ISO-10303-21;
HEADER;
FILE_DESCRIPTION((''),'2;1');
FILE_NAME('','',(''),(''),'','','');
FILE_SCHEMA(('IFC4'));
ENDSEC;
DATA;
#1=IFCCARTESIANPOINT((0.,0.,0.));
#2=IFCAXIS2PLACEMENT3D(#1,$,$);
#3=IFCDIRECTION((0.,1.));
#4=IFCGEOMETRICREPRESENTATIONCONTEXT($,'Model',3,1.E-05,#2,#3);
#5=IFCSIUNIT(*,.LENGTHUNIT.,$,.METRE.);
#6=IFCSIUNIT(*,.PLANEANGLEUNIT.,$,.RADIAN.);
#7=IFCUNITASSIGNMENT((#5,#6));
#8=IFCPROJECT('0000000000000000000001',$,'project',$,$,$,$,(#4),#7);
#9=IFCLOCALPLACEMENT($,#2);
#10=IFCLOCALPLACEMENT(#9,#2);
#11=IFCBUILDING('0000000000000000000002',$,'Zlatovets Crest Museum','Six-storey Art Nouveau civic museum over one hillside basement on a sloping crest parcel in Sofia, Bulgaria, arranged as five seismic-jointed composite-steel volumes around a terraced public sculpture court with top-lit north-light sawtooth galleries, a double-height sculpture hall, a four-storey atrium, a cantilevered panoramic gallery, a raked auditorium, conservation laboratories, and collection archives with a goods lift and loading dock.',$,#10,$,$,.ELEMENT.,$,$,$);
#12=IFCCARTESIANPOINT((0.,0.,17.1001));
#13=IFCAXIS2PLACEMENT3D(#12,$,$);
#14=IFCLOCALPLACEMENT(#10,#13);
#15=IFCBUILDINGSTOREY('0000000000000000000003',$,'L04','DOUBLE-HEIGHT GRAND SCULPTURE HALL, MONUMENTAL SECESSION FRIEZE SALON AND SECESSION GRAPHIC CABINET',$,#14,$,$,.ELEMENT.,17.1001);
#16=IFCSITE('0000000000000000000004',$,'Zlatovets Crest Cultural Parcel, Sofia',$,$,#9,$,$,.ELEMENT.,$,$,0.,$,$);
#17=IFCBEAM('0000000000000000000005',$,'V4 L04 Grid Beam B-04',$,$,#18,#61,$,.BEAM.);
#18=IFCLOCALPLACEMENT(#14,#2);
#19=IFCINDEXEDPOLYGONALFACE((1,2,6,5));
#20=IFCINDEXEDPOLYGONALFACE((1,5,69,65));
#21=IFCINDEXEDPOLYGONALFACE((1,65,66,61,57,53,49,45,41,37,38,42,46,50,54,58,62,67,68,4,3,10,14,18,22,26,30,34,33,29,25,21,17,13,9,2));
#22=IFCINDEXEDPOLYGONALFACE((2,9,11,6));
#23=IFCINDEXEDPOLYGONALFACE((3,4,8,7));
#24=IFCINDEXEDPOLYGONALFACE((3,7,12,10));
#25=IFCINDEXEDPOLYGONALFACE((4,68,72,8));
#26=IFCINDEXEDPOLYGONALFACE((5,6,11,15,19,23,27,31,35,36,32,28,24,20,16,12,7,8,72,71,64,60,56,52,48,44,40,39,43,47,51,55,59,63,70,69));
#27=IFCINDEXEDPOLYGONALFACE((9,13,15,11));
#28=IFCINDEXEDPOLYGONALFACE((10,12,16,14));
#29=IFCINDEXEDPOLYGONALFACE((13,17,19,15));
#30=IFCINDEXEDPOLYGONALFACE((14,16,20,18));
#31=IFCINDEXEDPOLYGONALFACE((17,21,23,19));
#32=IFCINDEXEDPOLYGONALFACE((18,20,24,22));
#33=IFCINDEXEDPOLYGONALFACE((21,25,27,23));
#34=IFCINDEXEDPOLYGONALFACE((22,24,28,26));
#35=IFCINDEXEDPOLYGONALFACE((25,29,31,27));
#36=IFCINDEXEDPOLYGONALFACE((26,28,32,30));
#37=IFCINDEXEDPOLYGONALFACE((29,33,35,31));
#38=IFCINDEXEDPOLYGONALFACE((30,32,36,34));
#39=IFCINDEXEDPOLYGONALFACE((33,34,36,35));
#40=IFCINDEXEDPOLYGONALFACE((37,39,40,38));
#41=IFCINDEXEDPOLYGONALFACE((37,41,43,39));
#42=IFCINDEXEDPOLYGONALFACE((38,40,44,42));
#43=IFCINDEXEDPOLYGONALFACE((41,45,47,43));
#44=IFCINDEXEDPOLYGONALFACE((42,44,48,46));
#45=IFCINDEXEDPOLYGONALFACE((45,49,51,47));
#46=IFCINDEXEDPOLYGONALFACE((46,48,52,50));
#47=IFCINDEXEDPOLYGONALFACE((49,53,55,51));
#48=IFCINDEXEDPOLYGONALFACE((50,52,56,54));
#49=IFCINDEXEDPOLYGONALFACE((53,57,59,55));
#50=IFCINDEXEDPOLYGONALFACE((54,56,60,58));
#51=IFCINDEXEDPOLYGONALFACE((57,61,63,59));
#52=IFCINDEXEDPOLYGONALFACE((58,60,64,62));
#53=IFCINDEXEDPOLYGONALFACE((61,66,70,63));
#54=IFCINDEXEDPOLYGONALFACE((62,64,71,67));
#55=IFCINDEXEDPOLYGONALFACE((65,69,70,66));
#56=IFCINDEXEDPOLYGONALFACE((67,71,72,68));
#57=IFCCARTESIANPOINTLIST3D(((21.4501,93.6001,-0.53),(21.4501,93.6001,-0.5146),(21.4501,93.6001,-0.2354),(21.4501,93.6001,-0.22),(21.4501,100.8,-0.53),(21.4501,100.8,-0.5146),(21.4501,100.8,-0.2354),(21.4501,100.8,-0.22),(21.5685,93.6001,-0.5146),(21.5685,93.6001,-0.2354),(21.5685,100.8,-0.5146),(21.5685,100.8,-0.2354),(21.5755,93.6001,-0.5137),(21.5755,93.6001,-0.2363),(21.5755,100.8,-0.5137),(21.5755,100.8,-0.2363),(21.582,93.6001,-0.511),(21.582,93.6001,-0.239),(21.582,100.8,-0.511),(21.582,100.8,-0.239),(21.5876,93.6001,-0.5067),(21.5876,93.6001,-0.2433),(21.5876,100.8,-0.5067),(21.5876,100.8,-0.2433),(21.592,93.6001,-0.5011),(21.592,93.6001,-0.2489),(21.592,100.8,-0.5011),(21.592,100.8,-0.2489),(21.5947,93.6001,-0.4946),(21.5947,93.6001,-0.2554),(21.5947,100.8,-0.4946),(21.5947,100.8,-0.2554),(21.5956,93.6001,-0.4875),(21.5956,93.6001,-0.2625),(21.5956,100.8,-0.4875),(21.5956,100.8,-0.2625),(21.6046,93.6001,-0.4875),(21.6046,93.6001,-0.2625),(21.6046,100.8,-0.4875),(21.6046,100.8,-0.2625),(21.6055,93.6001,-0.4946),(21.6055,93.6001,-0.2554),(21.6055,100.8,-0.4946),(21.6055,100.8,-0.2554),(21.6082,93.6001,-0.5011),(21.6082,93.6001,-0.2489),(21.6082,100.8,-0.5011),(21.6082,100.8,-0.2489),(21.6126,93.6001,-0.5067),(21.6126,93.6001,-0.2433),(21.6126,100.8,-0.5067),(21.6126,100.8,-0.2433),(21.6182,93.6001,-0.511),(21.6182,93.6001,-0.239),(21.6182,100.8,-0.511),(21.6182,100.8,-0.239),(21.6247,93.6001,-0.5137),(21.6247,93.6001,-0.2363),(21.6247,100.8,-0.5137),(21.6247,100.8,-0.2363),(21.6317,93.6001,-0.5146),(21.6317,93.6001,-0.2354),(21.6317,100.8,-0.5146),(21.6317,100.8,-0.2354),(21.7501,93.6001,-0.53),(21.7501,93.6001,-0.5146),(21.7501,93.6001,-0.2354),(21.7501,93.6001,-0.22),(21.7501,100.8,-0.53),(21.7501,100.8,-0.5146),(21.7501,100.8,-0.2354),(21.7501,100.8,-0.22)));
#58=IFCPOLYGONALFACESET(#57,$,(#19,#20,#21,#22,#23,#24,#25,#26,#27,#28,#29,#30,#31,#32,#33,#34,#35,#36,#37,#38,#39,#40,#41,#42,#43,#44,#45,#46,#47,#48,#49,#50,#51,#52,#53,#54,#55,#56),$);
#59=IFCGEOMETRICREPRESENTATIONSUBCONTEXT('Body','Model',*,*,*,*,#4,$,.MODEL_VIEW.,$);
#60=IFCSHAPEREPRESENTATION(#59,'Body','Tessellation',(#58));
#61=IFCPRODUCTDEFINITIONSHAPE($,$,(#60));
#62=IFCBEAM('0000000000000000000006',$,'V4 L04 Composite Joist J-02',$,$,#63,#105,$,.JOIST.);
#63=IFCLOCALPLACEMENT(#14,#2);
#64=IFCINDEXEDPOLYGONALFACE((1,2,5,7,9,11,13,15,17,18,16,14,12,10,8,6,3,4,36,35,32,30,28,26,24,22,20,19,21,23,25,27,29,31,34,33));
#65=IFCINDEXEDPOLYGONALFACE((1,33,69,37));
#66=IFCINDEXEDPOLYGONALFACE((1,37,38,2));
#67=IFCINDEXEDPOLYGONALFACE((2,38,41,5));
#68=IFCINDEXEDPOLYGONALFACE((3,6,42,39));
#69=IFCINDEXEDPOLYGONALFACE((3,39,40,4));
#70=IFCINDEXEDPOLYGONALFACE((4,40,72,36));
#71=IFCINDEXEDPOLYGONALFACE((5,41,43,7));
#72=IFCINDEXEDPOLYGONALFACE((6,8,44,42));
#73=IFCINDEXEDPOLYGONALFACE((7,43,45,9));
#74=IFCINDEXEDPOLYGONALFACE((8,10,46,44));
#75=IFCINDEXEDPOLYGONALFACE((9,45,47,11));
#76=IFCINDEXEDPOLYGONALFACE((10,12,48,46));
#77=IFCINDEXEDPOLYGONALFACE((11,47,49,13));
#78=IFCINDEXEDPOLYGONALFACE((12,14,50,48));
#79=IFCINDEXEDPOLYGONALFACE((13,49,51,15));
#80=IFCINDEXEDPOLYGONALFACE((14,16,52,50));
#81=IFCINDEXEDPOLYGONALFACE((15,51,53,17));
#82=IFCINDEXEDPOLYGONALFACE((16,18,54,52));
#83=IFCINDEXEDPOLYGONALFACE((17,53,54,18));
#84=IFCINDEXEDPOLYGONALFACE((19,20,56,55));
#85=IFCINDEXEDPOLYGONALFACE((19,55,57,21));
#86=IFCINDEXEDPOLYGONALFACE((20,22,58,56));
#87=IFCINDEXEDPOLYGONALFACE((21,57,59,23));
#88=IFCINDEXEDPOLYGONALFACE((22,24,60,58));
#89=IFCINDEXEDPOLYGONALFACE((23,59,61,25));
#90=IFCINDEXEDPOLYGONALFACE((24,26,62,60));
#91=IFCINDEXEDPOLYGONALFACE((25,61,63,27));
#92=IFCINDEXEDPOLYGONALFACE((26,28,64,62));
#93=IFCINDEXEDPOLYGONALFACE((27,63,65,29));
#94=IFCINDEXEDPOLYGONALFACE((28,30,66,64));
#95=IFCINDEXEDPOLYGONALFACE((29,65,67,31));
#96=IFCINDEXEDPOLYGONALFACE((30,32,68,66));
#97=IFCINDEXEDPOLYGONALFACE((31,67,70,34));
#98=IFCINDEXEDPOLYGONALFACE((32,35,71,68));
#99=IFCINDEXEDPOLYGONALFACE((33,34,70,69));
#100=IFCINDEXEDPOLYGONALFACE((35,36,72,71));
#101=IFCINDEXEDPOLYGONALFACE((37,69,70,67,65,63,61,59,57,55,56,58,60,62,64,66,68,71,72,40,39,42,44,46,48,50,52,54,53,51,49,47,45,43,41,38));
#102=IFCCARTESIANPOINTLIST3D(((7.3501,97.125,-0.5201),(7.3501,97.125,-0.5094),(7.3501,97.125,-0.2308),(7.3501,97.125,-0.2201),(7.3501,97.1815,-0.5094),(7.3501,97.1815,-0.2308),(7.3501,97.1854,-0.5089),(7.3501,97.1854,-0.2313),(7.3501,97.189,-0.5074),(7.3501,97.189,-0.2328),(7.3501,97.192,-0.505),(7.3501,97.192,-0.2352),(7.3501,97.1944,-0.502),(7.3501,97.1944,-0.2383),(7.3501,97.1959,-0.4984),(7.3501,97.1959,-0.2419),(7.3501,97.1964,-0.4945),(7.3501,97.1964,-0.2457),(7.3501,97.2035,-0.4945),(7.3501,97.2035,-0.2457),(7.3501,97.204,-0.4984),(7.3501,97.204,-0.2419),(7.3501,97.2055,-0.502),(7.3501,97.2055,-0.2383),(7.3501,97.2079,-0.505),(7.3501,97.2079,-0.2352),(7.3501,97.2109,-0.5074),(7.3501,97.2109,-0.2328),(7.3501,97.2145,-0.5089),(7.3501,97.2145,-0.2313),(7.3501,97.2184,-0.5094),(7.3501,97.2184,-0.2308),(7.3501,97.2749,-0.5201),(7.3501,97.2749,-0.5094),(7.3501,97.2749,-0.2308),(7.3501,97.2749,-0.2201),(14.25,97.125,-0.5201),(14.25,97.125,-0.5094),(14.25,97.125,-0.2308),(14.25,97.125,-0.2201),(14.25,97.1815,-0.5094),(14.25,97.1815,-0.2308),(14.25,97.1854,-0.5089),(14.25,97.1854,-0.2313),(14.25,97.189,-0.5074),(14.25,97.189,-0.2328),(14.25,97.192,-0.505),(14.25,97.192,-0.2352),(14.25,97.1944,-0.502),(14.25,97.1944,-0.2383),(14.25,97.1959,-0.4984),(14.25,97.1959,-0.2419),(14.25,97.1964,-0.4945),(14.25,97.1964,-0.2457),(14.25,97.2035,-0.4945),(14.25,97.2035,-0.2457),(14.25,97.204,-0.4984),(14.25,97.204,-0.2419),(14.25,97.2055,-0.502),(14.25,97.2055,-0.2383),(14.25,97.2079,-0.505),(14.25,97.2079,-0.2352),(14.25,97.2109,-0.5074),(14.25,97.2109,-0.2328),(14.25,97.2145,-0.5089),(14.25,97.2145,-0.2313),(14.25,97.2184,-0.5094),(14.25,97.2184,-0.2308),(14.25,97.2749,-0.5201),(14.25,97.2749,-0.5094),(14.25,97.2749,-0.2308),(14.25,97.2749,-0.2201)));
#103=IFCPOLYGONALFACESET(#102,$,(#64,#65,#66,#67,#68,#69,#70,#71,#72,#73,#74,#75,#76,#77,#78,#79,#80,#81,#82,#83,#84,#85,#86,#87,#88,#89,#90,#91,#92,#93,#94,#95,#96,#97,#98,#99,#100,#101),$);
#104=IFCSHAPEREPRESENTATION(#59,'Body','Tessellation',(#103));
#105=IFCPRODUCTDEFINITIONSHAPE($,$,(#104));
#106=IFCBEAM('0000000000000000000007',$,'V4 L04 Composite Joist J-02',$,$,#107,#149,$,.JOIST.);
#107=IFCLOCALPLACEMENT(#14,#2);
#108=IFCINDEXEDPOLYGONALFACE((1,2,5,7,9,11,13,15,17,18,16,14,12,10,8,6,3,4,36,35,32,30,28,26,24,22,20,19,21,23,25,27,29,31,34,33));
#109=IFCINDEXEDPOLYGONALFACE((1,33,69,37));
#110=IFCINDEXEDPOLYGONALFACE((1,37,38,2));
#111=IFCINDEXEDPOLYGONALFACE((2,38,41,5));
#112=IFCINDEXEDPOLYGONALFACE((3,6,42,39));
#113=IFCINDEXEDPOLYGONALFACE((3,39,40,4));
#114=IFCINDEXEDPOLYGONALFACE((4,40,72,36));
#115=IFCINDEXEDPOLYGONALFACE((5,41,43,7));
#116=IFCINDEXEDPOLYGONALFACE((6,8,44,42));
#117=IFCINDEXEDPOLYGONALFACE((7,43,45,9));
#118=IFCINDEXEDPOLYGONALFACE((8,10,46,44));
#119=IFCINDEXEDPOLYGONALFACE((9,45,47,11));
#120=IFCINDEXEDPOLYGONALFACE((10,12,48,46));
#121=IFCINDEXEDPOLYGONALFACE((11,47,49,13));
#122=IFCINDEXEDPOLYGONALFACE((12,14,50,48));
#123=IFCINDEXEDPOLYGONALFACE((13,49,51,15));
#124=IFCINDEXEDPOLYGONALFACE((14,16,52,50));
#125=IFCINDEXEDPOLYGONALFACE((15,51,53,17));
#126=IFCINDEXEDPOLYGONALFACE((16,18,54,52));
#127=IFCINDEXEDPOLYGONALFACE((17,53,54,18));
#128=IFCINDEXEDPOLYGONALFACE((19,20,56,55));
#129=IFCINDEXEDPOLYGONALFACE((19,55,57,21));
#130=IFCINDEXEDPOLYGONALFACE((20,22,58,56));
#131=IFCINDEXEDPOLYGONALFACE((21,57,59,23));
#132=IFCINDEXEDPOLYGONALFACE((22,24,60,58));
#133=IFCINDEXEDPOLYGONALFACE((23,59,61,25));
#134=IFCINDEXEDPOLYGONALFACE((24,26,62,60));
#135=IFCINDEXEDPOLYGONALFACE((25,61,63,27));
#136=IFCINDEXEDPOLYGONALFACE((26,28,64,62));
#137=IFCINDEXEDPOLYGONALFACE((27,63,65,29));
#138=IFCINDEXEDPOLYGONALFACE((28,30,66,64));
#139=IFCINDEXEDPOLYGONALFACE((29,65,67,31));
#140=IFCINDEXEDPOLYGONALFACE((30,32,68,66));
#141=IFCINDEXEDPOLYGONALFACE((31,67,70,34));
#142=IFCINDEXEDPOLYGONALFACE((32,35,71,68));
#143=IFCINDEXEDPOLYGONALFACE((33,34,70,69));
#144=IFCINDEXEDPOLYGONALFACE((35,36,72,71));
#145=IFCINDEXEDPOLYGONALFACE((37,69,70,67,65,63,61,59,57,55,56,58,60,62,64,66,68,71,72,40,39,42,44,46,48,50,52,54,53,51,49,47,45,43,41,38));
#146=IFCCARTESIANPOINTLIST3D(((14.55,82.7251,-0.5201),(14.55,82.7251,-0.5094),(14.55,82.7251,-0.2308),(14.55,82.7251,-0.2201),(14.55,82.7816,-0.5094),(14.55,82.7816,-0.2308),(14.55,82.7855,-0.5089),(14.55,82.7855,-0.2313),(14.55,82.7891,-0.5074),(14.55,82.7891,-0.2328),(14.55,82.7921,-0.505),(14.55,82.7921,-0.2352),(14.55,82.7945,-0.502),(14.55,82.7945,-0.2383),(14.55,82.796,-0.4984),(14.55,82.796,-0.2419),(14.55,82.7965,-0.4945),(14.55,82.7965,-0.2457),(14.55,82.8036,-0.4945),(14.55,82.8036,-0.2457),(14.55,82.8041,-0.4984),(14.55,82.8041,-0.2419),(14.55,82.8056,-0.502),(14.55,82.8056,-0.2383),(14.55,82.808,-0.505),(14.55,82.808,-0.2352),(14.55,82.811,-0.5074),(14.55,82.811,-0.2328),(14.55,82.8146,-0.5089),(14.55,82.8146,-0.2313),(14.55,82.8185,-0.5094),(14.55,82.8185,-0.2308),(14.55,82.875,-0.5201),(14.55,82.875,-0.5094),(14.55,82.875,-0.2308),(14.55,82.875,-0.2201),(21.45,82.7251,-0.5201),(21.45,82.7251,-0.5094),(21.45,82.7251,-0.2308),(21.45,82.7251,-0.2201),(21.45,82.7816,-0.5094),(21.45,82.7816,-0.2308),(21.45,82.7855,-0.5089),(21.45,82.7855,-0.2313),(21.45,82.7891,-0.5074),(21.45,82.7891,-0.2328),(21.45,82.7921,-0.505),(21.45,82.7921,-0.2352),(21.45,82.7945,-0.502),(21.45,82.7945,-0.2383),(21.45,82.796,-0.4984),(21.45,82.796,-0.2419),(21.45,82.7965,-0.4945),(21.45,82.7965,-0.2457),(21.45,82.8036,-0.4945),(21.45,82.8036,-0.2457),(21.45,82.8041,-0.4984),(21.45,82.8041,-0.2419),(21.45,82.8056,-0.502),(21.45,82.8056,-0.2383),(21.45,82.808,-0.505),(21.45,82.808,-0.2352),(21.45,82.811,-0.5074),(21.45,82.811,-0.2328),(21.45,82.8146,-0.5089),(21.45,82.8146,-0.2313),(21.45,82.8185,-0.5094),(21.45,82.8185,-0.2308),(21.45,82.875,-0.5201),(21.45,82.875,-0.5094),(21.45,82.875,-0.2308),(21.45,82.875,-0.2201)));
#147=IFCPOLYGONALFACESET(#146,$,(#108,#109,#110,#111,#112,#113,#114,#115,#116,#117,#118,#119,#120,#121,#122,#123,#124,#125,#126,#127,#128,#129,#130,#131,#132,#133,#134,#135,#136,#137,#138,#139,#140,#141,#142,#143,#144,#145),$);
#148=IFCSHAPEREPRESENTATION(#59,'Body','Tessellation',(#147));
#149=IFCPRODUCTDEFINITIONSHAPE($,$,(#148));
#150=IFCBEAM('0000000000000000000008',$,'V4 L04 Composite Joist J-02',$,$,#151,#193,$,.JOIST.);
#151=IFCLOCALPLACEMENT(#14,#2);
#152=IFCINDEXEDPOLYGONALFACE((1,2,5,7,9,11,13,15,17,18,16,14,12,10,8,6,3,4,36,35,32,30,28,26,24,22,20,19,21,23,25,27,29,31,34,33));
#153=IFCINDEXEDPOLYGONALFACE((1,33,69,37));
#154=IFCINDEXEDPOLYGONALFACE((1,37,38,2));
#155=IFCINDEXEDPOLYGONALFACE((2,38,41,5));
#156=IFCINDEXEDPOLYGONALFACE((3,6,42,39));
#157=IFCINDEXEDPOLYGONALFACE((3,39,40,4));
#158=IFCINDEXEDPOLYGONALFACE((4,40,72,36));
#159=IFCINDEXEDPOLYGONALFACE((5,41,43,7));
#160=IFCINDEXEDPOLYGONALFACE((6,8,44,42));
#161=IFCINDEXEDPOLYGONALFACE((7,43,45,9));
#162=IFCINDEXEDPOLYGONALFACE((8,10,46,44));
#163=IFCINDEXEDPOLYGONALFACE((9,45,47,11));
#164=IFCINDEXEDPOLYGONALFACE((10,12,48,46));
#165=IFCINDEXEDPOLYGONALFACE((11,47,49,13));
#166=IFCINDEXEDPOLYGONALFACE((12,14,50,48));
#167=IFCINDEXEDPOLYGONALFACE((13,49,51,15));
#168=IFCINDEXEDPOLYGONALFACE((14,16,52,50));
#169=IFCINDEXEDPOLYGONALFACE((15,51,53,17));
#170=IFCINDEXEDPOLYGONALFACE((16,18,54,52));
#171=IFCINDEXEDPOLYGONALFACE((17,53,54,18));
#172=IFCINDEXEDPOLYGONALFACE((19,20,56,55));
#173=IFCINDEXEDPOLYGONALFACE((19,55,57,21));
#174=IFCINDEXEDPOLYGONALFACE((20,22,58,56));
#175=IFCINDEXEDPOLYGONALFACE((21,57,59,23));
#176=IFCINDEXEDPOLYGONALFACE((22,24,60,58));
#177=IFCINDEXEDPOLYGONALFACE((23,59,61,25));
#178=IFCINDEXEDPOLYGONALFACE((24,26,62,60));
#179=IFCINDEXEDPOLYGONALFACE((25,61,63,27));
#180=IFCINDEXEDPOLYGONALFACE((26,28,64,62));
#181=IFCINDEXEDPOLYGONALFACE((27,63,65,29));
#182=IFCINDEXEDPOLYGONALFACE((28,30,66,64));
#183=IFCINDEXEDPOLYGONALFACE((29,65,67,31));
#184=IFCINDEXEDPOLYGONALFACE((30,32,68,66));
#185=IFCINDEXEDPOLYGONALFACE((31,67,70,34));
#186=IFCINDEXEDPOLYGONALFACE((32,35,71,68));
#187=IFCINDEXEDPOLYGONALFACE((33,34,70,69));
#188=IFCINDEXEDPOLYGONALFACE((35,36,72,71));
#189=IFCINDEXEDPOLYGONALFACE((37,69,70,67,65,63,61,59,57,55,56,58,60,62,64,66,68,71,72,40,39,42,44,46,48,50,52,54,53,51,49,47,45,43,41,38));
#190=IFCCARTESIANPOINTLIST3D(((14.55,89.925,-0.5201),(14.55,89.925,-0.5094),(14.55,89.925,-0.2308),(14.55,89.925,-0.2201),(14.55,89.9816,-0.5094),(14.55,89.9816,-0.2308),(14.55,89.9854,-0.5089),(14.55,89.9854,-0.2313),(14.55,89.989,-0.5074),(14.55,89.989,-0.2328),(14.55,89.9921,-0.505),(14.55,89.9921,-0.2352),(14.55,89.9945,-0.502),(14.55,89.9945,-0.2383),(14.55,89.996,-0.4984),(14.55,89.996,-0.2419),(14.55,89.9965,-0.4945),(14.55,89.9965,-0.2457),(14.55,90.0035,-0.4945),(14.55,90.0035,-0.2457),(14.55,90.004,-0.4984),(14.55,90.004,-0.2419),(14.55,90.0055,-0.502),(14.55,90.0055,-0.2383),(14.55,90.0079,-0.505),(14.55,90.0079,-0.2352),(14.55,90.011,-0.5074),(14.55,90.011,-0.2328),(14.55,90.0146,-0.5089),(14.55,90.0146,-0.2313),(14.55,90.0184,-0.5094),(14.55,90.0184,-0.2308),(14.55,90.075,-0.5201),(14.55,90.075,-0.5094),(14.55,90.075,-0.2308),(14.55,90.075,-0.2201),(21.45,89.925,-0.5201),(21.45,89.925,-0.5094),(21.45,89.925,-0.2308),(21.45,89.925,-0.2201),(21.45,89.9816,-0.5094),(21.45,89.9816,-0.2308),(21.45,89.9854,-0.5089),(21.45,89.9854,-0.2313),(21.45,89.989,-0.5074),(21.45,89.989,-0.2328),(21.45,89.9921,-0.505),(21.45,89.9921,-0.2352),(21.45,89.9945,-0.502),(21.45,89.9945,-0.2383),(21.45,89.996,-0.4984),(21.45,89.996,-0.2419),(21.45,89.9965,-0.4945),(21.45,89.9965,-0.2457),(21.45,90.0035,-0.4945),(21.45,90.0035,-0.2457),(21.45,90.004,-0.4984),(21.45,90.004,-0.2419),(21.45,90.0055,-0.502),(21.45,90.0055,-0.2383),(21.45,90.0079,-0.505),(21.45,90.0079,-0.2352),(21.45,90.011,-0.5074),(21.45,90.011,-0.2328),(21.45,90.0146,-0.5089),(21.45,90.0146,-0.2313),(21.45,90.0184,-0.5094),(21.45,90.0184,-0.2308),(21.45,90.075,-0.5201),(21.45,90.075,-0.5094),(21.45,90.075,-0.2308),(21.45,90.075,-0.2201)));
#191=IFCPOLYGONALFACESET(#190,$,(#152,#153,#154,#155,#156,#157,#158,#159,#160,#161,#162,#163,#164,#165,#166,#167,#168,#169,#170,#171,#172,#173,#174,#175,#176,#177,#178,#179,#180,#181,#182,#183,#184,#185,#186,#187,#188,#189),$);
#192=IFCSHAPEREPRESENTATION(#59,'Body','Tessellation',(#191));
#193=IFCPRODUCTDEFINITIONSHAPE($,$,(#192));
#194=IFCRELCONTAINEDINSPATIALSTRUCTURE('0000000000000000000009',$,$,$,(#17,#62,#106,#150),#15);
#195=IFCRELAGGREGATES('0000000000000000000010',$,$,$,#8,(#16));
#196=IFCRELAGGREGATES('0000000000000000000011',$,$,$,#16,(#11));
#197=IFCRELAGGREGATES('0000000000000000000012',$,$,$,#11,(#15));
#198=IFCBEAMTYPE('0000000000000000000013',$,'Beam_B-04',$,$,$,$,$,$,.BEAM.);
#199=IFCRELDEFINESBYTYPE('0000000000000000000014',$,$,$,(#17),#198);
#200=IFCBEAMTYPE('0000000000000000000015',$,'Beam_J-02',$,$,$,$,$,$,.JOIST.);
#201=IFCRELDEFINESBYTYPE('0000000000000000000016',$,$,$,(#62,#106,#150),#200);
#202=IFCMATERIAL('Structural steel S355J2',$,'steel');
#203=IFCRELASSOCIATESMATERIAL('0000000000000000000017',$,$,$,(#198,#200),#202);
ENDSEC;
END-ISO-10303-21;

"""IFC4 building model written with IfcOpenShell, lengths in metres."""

from ifc_helpers import new_model, si_unit, direction, frame, origin, origin_2d, place, context, subcontext, project, spatial, i_section, extrude, material, material_profile, profile_set, type_object, element, save


model = new_model("IFC4")

# Units and contexts
model_context = context("Model", 3, precision=1e-05, world=origin(), true_north=direction((0.0, 1.0)))
body_context = subcontext(model_context, "Body", "Model", "MODEL_VIEW")
ifc_project = project(units=[si_unit("LENGTHUNIT", "METRE"), si_unit("PLANEANGLEUNIT", "RADIAN")], contexts=[model_context])

# Site, building, storey
site_placement = place(None, origin())
site = spatial("IfcSite", under=ifc_project, at=site_placement, Name="Zlatovets Crest Cultural Parcel, Sofia", CompositionType="ELEMENT", RefElevation=0.0)
building_placement = place(site_placement, origin())
building = spatial("IfcBuilding", under=site, at=building_placement, Name="Zlatovets Crest Museum", Description="Six-storey Art Nouveau civic museum over one hillside basement on a sloping crest parcel in Sofia, Bulgaria, arranged as five seismic-jointed composite-steel volumes around a terraced public sculpture court with top-lit north-light sawtooth galleries, a double-height sculpture hall, a four-storey atrium, a cantilevered panoramic gallery, a raked auditorium, conservation laboratories, and collection archives with a goods lift and loading dock.", CompositionType="ELEMENT")
storey_placement = place(building_placement, frame((0.0, 0.0, 17.1001)))
storey = spatial("IfcBuildingStorey", under=building, at=storey_placement, Name="L04", Description="DOUBLE-HEIGHT GRAND SCULPTURE HALL, MONUMENTAL SECESSION FRIEZE SALON AND SECESSION GRAPHIC CABINET", CompositionType="ELEMENT", Elevation=17.1001)

# Beams
ifc_material_1 = material(Name="Structural steel S355J2", Category="steel")
ifc_material_profile_1 = material_profile(ifc_material_1, i_section(OverallWidth=0.3, OverallDepth=0.3101, WebThickness=0.009, FlangeThickness=0.0154, FilletRadius=0.0271, at=origin_2d()), Name="HEA 320")
ifc_profile_set_1 = profile_set([ifc_material_profile_1], Name="Structural steel S355J2")
beam_type_1 = type_object("IfcBeamType", Name="Beam_B-04", PredefinedType="BEAM", material=ifc_profile_set_1)
beam_1_placement = place(storey_placement, frame((21.6001, 93.6001, -0.375), z_axis=(0.0, 1.0, 0.0), x_axis=(-1.0, 0.0, 0.0)))
element("IfcBeam", 1, at=beam_1_placement, inside=storey, type_object=beam_type_1, Name="V4 L04 Grid Beam B-04", PredefinedType="BEAM", context=body_context, shape_type="SweptSolid", body=[
    extrude(i_section(OverallWidth=0.3, OverallDepth=0.3101, WebThickness=0.009, FlangeThickness=0.0154, FilletRadius=0.0271, at=origin_2d()), origin(), (0.0, 0.0, 1.0), 7.2),
])
ifc_material_profile_2 = material_profile(ifc_material_1, i_section(OverallWidth=0.1499, OverallDepth=0.3, WebThickness=0.0071, FlangeThickness=0.0107, FilletRadius=0.0149, at=origin_2d()), Name="IPE 300")
ifc_profile_set_2 = profile_set([ifc_material_profile_2], Name="Structural steel S355J2")
beam_type_2 = type_object("IfcBeamType", Name="Beam_J-02", PredefinedType="JOIST", material=ifc_profile_set_2)
for number, where, z_axis, x_axis, name in (
    (2, (7.3501, 97.2, -0.3701), (1.0, 0.0, 0.0), (0.0, 1.0, 0.0), "V4 L04 Composite Joist J-02"),
    (3, (14.55, 82.8, -0.3701), (1.0, 0.0, 0.0), (0.0, 1.0, 0.0), "V4 L04 Composite Joist J-02"),
    (4, (14.55, 90.0, -0.3701), (1.0, 0.0, 0.0), (0.0, 1.0, 0.0), "V4 L04 Composite Joist J-02"),
):
    element("IfcBeam", number, at=place(storey_placement, frame(where, z_axis=z_axis, x_axis=x_axis)), inside=storey, type_object=beam_type_2, Name=name, PredefinedType="JOIST", context=body_context, shape_type="SweptSolid", body=[
        extrude(i_section(OverallWidth=0.1499, OverallDepth=0.3, WebThickness=0.0071, FlangeThickness=0.0107, FilletRadius=0.0149, at=origin_2d()), origin(), (0.0, 0.0, 1.0), 6.8999),
    ])

save(model, "model.ifc")
